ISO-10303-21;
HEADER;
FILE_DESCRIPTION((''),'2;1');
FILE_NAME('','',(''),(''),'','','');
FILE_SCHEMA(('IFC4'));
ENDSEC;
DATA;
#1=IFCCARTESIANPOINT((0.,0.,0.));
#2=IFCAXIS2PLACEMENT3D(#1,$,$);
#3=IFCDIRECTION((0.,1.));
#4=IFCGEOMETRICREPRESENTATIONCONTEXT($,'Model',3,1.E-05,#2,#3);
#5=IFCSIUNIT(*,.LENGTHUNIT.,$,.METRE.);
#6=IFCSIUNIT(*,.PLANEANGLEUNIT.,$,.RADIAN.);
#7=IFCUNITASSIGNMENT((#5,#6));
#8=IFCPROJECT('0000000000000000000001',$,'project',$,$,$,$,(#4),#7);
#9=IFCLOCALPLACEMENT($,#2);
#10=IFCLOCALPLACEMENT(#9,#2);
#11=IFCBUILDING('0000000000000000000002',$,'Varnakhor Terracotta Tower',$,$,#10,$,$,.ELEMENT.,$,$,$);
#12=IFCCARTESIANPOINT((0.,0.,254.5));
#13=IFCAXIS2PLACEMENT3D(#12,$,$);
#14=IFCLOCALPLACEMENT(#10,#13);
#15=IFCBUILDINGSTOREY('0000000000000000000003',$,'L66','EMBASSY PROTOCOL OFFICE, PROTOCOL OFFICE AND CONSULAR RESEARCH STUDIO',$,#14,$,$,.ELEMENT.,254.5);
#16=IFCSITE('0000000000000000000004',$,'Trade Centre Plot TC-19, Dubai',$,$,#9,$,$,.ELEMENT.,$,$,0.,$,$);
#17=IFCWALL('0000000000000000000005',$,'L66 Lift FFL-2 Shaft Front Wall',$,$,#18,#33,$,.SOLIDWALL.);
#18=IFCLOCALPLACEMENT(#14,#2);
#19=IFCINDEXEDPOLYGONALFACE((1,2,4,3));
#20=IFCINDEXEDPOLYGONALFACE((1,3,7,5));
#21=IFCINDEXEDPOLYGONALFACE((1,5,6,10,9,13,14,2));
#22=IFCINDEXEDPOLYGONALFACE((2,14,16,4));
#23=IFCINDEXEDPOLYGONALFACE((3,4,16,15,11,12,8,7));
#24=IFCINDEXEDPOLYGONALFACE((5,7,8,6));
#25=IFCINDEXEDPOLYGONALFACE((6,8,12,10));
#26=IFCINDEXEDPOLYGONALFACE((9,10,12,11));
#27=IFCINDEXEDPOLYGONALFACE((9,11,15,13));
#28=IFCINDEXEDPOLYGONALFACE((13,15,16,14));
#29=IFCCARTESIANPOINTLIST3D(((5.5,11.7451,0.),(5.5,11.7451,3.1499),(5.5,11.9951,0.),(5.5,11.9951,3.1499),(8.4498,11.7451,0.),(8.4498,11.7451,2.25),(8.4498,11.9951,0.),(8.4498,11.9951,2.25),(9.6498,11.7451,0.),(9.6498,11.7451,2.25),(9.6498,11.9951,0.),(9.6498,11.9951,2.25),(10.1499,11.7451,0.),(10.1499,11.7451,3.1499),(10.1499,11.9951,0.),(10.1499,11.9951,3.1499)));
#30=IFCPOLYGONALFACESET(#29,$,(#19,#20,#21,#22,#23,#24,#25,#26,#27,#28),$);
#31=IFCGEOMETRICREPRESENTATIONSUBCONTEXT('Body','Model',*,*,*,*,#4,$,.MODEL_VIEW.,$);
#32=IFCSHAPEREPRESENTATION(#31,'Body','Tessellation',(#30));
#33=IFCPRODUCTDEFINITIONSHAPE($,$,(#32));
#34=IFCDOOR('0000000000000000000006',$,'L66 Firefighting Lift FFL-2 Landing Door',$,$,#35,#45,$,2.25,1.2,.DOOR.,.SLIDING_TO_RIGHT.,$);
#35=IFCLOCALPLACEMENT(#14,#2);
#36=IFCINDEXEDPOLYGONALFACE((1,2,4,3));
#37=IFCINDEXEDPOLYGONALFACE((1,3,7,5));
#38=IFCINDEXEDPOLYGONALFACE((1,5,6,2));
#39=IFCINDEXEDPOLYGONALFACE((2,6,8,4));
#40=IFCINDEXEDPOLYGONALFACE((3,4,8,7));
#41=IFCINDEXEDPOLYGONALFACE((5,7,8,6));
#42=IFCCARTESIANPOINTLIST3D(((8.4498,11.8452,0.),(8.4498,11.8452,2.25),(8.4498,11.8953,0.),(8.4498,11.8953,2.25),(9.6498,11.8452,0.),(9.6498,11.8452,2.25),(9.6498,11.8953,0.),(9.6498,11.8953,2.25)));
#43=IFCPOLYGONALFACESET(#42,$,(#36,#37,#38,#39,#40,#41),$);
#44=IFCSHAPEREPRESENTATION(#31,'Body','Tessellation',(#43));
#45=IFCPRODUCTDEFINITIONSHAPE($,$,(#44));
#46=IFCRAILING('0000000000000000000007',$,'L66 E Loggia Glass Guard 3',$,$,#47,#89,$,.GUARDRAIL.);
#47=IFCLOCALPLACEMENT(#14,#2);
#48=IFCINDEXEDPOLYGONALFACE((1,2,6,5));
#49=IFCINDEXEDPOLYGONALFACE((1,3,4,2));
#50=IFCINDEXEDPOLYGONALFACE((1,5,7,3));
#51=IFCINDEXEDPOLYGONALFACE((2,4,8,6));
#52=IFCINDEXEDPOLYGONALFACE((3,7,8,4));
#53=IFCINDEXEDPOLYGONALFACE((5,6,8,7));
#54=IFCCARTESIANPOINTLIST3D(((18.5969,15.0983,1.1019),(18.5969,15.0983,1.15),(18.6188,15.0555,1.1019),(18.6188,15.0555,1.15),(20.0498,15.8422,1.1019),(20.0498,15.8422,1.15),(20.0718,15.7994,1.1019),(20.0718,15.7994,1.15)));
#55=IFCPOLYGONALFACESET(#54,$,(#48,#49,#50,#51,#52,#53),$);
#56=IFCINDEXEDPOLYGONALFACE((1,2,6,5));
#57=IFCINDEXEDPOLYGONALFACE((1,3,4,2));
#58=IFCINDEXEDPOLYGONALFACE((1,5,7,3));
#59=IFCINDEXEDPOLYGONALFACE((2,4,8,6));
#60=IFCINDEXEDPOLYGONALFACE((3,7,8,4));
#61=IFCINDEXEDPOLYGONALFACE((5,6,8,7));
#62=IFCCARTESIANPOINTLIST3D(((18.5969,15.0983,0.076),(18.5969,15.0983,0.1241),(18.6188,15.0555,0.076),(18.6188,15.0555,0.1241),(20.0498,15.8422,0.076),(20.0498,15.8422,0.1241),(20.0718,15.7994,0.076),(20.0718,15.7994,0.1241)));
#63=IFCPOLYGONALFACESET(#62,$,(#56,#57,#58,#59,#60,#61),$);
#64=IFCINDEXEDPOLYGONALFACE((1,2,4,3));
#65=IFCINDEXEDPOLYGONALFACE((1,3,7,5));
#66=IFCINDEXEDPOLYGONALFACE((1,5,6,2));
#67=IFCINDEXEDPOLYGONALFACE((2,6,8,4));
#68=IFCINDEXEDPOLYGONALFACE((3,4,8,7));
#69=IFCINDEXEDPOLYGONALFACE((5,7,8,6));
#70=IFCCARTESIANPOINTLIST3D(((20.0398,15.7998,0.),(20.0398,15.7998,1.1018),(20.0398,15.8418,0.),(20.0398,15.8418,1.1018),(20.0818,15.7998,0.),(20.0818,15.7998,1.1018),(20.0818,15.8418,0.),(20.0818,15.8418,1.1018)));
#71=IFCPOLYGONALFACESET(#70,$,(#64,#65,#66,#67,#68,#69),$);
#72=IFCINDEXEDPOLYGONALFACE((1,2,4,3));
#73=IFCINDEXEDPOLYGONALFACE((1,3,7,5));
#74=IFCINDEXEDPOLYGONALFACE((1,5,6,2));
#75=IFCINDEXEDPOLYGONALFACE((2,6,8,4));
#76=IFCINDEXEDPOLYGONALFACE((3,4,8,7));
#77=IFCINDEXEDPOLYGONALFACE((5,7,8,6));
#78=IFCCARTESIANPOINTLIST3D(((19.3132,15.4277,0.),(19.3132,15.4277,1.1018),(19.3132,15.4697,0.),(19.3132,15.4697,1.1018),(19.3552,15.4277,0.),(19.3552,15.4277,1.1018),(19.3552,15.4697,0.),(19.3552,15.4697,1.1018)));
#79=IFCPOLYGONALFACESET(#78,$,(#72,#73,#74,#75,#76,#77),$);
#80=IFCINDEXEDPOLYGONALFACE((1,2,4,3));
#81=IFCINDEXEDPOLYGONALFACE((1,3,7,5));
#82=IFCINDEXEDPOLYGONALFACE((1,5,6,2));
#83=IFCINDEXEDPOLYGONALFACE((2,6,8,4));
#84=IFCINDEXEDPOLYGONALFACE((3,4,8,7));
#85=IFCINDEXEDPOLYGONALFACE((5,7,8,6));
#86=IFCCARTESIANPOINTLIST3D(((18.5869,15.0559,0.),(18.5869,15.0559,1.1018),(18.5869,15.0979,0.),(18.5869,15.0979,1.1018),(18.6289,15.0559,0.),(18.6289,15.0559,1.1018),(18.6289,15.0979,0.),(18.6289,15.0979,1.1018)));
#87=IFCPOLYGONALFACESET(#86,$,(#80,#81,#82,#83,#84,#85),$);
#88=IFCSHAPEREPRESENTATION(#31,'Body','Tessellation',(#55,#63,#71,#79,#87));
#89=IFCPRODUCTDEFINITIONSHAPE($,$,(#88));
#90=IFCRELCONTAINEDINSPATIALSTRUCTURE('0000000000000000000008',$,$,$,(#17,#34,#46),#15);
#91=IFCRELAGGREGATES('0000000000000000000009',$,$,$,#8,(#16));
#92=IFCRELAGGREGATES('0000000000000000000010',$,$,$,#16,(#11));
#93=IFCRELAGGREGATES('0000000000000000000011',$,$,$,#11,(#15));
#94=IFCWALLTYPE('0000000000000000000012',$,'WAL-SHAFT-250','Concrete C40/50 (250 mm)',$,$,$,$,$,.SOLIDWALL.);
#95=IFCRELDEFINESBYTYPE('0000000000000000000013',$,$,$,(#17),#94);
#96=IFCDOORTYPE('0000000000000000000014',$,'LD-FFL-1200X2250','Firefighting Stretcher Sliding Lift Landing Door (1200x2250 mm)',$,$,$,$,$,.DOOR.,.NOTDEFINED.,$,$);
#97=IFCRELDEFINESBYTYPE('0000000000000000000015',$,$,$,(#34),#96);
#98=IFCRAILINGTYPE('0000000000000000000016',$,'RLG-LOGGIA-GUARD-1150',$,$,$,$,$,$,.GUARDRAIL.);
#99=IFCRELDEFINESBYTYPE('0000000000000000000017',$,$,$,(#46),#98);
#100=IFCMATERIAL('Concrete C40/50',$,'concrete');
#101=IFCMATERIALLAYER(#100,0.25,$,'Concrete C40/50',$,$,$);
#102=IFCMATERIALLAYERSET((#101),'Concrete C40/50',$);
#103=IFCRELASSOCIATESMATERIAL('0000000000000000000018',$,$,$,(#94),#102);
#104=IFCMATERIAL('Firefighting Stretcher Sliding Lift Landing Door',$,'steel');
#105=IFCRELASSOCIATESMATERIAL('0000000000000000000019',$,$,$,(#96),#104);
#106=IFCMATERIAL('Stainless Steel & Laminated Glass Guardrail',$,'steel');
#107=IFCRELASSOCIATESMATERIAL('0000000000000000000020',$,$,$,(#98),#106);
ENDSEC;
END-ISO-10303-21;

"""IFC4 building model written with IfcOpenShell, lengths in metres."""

from ifc_helpers import new_model, si_unit, direction, frame, frame_2d, origin, origin_2d, place, context, subcontext, project, spatial, rectangle, extrude, source, transform, mapped, material, layer, layer_set, type_object, type_shapes, element, fill, save


model = new_model("IFC4")

# Units and contexts
model_context = context("Model", 3, precision=1e-05, world=origin(), true_north=direction((0.0, 1.0)))
body_context = subcontext(model_context, "Body", "Model", "MODEL_VIEW")
ifc_project = project(units=[si_unit("LENGTHUNIT", "METRE"), si_unit("PLANEANGLEUNIT", "RADIAN")], contexts=[model_context])

# Site, building, storey
site_placement = place(None, origin())
site = spatial("IfcSite", under=ifc_project, at=site_placement, Name="Trade Centre Plot TC-19, Dubai", CompositionType="ELEMENT", RefElevation=0.0)
building_placement = place(site_placement, origin())
building = spatial("IfcBuilding", under=site, at=building_placement, Name="Varnakhor Terracotta Tower", CompositionType="ELEMENT")
storey_placement = place(building_placement, frame((0.0, 0.0, 254.5)))
storey = spatial("IfcBuildingStorey", under=building, at=storey_placement, Name="L66", Description="EMBASSY PROTOCOL OFFICE, PROTOCOL OFFICE AND CONSULAR RESEARCH STUDIO", CompositionType="ELEMENT", Elevation=254.5)

# Wall, opening, door
ifc_material_1 = material(Name="Concrete C40/50", Category="concrete")
ifc_layer_1 = layer(ifc_material_1, 0.25, Name="Concrete C40/50")
ifc_layer_set_1 = layer_set([ifc_layer_1], Name="Concrete C40/50")
wall_type_1 = type_object("IfcWallType", Name="WAL-SHAFT-250", Description="Concrete C40/50 (250 mm)", PredefinedType="SOLIDWALL", material=ifc_layer_set_1)
wall_1_placement = place(storey_placement, frame((10.1499, 11.8701, 0.0), z_axis=(0.0, 0.0, 1.0), x_axis=(-1.0, 0.0, 0.0)))
wall_1 = element("IfcWall", 1, at=wall_1_placement, inside=storey, type_object=wall_type_1, Name="L66 Lift FFL-2 Shaft Front Wall", PredefinedType="SOLIDWALL", context=body_context, shape_type="SweptSolid", body=[
    extrude(rectangle(XDim=4.6499, YDim=0.25, at=frame_2d((2.325, 0.0))), origin(), (0.0, 0.0, 1.0), 3.1499),
])
opening_1_placement = place(wall_1_placement, frame((0.5, 0.0, 0.0)))
opening_1 = element("IfcOpeningElement", 2, at=opening_1_placement, cuts=wall_1, PredefinedType="OPENING", context=body_context, shape_type="SweptSolid", body=[
    extrude(rectangle(XDim=1.2, YDim=2.25, at=frame_2d((0.6001, 1.125))), frame((0.0, 0.135, 0.0), z_axis=(0.0, -1.0, 0.0), x_axis=(1.0, 0.0, 0.0)), (0.0, 0.0, 1.0), 0.27),
])
ifc_material_2 = material(Name="Firefighting Stretcher Sliding Lift Landing Door", Category="steel")
door_type_1 = type_object("IfcDoorType", Name="LD-FFL-1200X2250", Description="Firefighting Stretcher Sliding Lift Landing Door (1200x2250 mm)", OperationType="NOTDEFINED", PredefinedType="DOOR", material=ifc_material_2)
shared_shape_1 = source(origin(), body_context, "Body", "SweptSolid", [
    extrude(rectangle(XDim=1.2, YDim=2.25, at=frame_2d((0.6001, 1.125))), frame((0.0, 0.0249, 0.0), z_axis=(0.0, -1.0, 0.0), x_axis=(1.0, 0.0, 0.0)), (0.0, 0.0, 1.0), 0.05),
])
type_shapes(door_type_1, [shared_shape_1])
door_1_placement = place(opening_1_placement, origin())
door_1 = element("IfcDoor", 3, at=door_1_placement, inside=storey, type_object=door_type_1, Name="L66 Firefighting Lift FFL-2 Landing Door", OperationType="SLIDING_TO_RIGHT", OverallHeight=2.25, OverallWidth=1.2, PredefinedType="DOOR", context=body_context, shape_type="MappedRepresentation", body=[
    mapped(shared_shape_1, transform((0.0, 0.0, 0.0), scale=1.0)),
])
fill(opening_1, door_1)

# Railing
ifc_material_3 = material(Name="Stainless Steel & Laminated Glass Guardrail", Category="steel")
railing_type = type_object("IfcRailingType", Name="RLG-LOGGIA-GUARD-1150", PredefinedType="GUARDRAIL", material=ifc_material_3)
railing_placement = place(storey_placement, frame((20.0608, 15.8208, 0.0)))
element("IfcRailing", 4, at=railing_placement, inside=storey, type_object=railing_type, Name="L66 E Loggia Glass Guard 3", PredefinedType="GUARDRAIL", context=body_context, shape_type="SweptSolid", body=[
    extrude(rectangle(XDim=0.0481, YDim=0.0481, at=origin_2d()), frame((0.0, 0.0, 1.126), z_axis=(-0.890108, -0.455749, 0.0), x_axis=(0.455749, -0.890108, 0.0)), (0.0, 0.0, 1.0), 1.6323),
    extrude(rectangle(XDim=0.0481, YDim=0.0481, at=origin_2d()), frame((0.0, 0.0, 0.1001), z_axis=(-0.890108, -0.455749, 0.0), x_axis=(0.455749, -0.890108, 0.0)), (0.0, 0.0, 1.0), 1.6323),
    extrude(rectangle(XDim=0.042, YDim=0.042, at=origin_2d()), origin(), (0.0, 0.0, 1.0), 1.1018),
    extrude(rectangle(XDim=0.042, YDim=0.042, at=origin_2d()), frame((-0.7266, -0.3721, 0.0)), (0.0, 0.0, 1.0), 1.1018),
    extrude(rectangle(XDim=0.042, YDim=0.042, at=origin_2d()), frame((-1.4529, -0.7439, 0.0)), (0.0, 0.0, 1.0), 1.1018),
])

save(model, "model.ifc")
